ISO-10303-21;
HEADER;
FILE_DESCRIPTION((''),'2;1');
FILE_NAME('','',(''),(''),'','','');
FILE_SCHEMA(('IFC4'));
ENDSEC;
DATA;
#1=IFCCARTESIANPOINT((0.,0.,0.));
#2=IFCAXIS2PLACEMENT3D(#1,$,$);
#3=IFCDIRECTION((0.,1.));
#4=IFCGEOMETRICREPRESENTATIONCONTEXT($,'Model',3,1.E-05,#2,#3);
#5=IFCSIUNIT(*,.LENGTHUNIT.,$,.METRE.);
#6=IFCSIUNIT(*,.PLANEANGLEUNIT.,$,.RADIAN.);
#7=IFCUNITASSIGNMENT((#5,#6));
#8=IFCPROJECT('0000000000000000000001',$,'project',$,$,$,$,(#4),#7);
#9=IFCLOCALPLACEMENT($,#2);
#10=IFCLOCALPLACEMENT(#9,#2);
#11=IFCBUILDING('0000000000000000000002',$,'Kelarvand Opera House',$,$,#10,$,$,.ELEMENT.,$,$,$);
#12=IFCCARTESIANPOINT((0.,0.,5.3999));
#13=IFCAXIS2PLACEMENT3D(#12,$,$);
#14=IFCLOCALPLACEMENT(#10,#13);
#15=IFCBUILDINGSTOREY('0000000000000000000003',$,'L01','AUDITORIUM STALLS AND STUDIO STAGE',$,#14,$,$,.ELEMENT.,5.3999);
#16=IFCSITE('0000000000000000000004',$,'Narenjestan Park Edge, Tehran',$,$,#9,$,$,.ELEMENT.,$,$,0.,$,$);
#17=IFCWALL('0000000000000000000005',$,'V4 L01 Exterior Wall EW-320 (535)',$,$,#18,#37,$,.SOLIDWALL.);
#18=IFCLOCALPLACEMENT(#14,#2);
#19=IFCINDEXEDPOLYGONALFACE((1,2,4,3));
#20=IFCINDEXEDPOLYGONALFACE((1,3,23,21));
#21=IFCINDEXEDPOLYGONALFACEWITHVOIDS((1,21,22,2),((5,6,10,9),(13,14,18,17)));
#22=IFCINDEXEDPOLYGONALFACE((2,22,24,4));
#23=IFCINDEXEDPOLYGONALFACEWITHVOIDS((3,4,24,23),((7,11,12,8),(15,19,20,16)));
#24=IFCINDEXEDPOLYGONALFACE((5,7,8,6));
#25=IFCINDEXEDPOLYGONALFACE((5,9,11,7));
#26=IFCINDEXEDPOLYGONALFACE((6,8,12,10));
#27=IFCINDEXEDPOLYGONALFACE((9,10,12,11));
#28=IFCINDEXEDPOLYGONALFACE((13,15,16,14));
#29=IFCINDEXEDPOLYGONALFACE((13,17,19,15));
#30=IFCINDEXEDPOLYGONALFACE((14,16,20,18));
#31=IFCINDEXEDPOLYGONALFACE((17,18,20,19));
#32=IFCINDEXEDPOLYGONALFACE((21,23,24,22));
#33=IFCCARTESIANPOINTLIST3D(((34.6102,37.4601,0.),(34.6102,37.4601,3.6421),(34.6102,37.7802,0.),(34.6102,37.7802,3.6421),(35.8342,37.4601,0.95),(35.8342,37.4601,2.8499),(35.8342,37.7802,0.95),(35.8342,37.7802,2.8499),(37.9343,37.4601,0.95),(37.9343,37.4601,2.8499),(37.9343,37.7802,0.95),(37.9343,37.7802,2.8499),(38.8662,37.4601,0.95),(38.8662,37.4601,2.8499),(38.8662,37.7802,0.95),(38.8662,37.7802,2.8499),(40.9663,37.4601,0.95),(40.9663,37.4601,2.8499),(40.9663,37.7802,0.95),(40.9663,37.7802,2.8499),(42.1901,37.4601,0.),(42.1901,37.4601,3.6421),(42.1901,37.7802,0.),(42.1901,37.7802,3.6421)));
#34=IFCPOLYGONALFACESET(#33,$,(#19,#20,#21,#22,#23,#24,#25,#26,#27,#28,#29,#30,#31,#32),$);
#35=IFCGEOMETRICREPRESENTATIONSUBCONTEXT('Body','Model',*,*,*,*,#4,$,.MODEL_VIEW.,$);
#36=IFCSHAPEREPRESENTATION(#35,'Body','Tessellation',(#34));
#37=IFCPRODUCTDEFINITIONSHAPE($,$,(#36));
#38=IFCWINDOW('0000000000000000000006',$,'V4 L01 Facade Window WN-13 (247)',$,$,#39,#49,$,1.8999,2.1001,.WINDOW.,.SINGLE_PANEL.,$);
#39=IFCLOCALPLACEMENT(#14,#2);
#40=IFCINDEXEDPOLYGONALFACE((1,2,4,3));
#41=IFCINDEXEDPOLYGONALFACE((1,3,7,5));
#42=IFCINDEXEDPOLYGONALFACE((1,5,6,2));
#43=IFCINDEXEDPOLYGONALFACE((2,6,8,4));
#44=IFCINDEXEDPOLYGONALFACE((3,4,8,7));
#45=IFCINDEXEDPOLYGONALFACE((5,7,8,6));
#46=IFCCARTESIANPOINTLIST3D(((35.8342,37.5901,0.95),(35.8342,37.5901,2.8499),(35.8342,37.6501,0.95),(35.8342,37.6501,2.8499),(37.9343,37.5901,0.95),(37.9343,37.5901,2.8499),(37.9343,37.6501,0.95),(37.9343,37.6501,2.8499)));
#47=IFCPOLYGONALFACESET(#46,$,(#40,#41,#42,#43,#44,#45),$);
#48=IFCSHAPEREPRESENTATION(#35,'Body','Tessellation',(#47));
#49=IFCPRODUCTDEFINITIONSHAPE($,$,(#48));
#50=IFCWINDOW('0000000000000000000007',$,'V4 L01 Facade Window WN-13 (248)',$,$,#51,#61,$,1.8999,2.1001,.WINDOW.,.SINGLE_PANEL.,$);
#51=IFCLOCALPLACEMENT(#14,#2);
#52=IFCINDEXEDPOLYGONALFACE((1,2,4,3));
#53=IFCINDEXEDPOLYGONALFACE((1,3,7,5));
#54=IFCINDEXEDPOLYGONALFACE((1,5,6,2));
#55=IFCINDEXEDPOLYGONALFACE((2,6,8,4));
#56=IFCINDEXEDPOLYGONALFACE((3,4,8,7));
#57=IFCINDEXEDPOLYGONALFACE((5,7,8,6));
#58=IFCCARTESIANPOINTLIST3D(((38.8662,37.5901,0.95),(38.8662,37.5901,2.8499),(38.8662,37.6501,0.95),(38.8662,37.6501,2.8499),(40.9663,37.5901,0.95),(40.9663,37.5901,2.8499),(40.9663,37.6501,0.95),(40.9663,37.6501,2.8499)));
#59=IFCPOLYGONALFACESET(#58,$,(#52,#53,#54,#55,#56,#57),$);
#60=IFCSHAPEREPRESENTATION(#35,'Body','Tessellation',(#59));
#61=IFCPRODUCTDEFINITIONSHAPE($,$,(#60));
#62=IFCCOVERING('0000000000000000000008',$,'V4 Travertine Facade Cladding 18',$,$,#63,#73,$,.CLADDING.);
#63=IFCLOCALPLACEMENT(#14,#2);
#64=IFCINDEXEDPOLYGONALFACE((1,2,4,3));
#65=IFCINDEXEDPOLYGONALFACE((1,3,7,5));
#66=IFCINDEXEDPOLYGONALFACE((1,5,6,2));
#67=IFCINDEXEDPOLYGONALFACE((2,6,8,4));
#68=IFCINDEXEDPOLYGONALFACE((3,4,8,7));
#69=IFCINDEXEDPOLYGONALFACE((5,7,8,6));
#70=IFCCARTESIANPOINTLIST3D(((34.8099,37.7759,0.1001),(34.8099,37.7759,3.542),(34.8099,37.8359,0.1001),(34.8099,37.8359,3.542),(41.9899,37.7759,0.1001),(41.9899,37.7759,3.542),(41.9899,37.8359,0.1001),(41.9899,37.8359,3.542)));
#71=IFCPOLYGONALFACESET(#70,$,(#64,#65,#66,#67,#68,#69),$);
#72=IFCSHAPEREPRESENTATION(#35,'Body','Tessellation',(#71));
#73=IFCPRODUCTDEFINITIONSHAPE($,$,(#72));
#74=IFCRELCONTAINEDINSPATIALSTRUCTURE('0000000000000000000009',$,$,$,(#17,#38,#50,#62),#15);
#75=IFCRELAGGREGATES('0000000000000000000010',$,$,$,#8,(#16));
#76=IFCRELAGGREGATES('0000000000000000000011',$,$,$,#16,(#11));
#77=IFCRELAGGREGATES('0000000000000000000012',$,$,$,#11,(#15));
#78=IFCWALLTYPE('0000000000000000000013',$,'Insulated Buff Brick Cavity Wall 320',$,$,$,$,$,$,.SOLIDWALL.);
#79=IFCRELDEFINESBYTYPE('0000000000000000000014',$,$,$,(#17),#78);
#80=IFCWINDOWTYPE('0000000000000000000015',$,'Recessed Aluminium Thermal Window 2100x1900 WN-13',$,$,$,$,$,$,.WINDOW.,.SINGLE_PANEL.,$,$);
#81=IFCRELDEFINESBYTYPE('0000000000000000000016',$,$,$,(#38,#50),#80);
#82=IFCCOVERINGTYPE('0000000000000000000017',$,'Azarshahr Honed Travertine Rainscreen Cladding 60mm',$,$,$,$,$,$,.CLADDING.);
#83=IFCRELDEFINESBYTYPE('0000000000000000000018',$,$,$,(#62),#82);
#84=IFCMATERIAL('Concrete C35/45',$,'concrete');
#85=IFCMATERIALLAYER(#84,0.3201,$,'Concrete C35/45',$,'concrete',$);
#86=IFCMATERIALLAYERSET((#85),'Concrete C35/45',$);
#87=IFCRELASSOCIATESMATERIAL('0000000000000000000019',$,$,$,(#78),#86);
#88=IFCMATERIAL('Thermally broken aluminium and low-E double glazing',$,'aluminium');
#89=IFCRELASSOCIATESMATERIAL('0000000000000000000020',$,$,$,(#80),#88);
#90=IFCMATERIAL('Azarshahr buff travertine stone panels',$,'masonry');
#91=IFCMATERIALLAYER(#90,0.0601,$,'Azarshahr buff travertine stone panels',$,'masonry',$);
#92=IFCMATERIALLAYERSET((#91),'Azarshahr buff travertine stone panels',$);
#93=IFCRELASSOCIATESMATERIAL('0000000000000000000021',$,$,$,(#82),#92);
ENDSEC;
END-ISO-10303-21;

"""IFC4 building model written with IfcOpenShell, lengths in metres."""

from ifc_helpers import new_model, si_unit, direction, frame, frame_2d, origin, origin_2d, place, context, subcontext, project, spatial, rectangle, extrude, material, layer, layer_set, type_object, element, fill, save


model = new_model("IFC4")

# Units and contexts
model_context = context("Model", 3, precision=1e-05, world=origin(), true_north=direction((0.0, 1.0)))
body_context = subcontext(model_context, "Body", "Model", "MODEL_VIEW")
ifc_project = project(units=[si_unit("LENGTHUNIT", "METRE"), si_unit("PLANEANGLEUNIT", "RADIAN")], contexts=[model_context])

# Site, building, storey
site_placement = place(None, origin())
site = spatial("IfcSite", under=ifc_project, at=site_placement, Name="Narenjestan Park Edge, Tehran", CompositionType="ELEMENT", RefElevation=0.0)
building_placement = place(site_placement, origin())
building = spatial("IfcBuilding", under=site, at=building_placement, Name="Kelarvand Opera House", CompositionType="ELEMENT")
storey_placement = place(building_placement, frame((0.0, 0.0, 5.3999)))
storey = spatial("IfcBuildingStorey", under=building, at=storey_placement, Name="L01", Description="AUDITORIUM STALLS AND STUDIO STAGE", CompositionType="ELEMENT", Elevation=5.3999)

# Wall, openings, windows
ifc_material_1 = material(Name="Concrete C35/45", Category="concrete")
ifc_layer_1 = layer(ifc_material_1, 0.3201, Name="Concrete C35/45", Category="concrete")
ifc_layer_set_1 = layer_set([ifc_layer_1], Name="Concrete C35/45")
wall_type = type_object("IfcWallType", Name="Insulated Buff Brick Cavity Wall 320", PredefinedType="SOLIDWALL", material=ifc_layer_set_1)
wall_placement = place(storey_placement, frame((34.6101, 37.6201, 0.0), z_axis=(0.0, 0.0, 1.0), x_axis=(1.0, 0.0, 0.0)))
wall = element("IfcWall", 1, at=wall_placement, inside=storey, type_object=wall_type, Name="V4 L01 Exterior Wall EW-320 (535)", PredefinedType="SOLIDWALL", context=body_context, shape_type="SweptSolid", body=[
    extrude(rectangle(XDim=7.5798, YDim=0.3201, at=frame_2d((3.79, 0.0))), origin(), (0.0, 0.0, 1.0), 3.6421),
])
opening_1_placement = place(wall_placement, frame((1.2241, 0.0, 0.95)))
opening_1 = element("IfcOpeningElement", 2, at=opening_1_placement, cuts=wall, PredefinedType="OPENING", context=body_context, shape_type="SweptSolid", body=[
    extrude(rectangle(XDim=2.1001, YDim=1.8999, at=frame_2d((1.05, 0.95))), frame((0.0, 0.1699, 0.0), z_axis=(0.0, -1.0, 0.0), x_axis=(1.0, 0.0, 0.0)), (0.0, 0.0, 1.0), 0.3401),
])
opening_2_placement = place(wall_placement, frame((4.2561, 0.0, 0.95)))
opening_2 = element("IfcOpeningElement", 3, at=opening_2_placement, cuts=wall, PredefinedType="OPENING", context=body_context, shape_type="SweptSolid", body=[
    extrude(rectangle(XDim=2.1001, YDim=1.8999, at=frame_2d((1.05, 0.95))), frame((0.0, 0.1699, 0.0), z_axis=(0.0, -1.0, 0.0), x_axis=(1.0, 0.0, 0.0)), (0.0, 0.0, 1.0), 0.3401),
])
ifc_material_2 = material(Name="Thermally broken aluminium and low-E double glazing", Category="aluminium")
window_type = type_object("IfcWindowType", Name="Recessed Aluminium Thermal Window 2100x1900 WN-13", PartitioningType="SINGLE_PANEL", PredefinedType="WINDOW", material=ifc_material_2)
window_1_placement = place(opening_1_placement, origin())
window_1 = element("IfcWindow", 4, at=window_1_placement, inside=storey, type_object=window_type, Name="V4 L01 Facade Window WN-13 (247)", OverallHeight=1.8999, OverallWidth=2.1001, PartitioningType="SINGLE_PANEL", PredefinedType="WINDOW", context=body_context, shape_type="SweptSolid", body=[
    extrude(rectangle(XDim=2.1001, YDim=1.8999, at=frame_2d((1.05, 0.95))), frame((0.0, 0.03, 0.0), z_axis=(0.0, -1.0, 0.0), x_axis=(1.0, 0.0, 0.0)), (0.0, 0.0, 1.0), 0.0601),
])
fill(opening_1, window_1)
window_2_placement = place(opening_2_placement, origin())
window_2 = element("IfcWindow", 5, at=window_2_placement, inside=storey, type_object=window_type, Name="V4 L01 Facade Window WN-13 (248)", OverallHeight=1.8999, OverallWidth=2.1001, PartitioningType="SINGLE_PANEL", PredefinedType="WINDOW", context=body_context, shape_type="SweptSolid", body=[
    extrude(rectangle(XDim=2.1001, YDim=1.8999, at=frame_2d((1.05, 0.95))), frame((0.0, 0.03, 0.0), z_axis=(0.0, -1.0, 0.0), x_axis=(1.0, 0.0, 0.0)), (0.0, 0.0, 1.0), 0.0601),
])
fill(opening_2, window_2)

# Covering
ifc_material_3 = material(Name="Azarshahr buff travertine stone panels", Category="masonry")
ifc_layer_2 = layer(ifc_material_3, 0.0601, Name="Azarshahr buff travertine stone panels", Category="masonry")
ifc_layer_set_2 = layer_set([ifc_layer_2], Name="Azarshahr buff travertine stone panels")
covering_type = type_object("IfcCoveringType", Name="Azarshahr Honed Travertine Rainscreen Cladding 60mm", PredefinedType="CLADDING", material=ifc_layer_set_2)
covering_placement = place(storey_placement, frame((38.3999, 37.8059, 0.1001), z_axis=(0.0, 0.0, 1.0), x_axis=(1.0, 0.0, 0.0)))
element("IfcCovering", 6, at=covering_placement, inside=storey, type_object=covering_type, Name="V4 Travertine Facade Cladding 18", PredefinedType="CLADDING", context=body_context, shape_type="SweptSolid", body=[
    extrude(rectangle(XDim=7.1799, YDim=0.0601, at=origin_2d()), origin(), (0.0, 0.0, 1.0), 3.4419),
])

save(model, "model.ifc")
